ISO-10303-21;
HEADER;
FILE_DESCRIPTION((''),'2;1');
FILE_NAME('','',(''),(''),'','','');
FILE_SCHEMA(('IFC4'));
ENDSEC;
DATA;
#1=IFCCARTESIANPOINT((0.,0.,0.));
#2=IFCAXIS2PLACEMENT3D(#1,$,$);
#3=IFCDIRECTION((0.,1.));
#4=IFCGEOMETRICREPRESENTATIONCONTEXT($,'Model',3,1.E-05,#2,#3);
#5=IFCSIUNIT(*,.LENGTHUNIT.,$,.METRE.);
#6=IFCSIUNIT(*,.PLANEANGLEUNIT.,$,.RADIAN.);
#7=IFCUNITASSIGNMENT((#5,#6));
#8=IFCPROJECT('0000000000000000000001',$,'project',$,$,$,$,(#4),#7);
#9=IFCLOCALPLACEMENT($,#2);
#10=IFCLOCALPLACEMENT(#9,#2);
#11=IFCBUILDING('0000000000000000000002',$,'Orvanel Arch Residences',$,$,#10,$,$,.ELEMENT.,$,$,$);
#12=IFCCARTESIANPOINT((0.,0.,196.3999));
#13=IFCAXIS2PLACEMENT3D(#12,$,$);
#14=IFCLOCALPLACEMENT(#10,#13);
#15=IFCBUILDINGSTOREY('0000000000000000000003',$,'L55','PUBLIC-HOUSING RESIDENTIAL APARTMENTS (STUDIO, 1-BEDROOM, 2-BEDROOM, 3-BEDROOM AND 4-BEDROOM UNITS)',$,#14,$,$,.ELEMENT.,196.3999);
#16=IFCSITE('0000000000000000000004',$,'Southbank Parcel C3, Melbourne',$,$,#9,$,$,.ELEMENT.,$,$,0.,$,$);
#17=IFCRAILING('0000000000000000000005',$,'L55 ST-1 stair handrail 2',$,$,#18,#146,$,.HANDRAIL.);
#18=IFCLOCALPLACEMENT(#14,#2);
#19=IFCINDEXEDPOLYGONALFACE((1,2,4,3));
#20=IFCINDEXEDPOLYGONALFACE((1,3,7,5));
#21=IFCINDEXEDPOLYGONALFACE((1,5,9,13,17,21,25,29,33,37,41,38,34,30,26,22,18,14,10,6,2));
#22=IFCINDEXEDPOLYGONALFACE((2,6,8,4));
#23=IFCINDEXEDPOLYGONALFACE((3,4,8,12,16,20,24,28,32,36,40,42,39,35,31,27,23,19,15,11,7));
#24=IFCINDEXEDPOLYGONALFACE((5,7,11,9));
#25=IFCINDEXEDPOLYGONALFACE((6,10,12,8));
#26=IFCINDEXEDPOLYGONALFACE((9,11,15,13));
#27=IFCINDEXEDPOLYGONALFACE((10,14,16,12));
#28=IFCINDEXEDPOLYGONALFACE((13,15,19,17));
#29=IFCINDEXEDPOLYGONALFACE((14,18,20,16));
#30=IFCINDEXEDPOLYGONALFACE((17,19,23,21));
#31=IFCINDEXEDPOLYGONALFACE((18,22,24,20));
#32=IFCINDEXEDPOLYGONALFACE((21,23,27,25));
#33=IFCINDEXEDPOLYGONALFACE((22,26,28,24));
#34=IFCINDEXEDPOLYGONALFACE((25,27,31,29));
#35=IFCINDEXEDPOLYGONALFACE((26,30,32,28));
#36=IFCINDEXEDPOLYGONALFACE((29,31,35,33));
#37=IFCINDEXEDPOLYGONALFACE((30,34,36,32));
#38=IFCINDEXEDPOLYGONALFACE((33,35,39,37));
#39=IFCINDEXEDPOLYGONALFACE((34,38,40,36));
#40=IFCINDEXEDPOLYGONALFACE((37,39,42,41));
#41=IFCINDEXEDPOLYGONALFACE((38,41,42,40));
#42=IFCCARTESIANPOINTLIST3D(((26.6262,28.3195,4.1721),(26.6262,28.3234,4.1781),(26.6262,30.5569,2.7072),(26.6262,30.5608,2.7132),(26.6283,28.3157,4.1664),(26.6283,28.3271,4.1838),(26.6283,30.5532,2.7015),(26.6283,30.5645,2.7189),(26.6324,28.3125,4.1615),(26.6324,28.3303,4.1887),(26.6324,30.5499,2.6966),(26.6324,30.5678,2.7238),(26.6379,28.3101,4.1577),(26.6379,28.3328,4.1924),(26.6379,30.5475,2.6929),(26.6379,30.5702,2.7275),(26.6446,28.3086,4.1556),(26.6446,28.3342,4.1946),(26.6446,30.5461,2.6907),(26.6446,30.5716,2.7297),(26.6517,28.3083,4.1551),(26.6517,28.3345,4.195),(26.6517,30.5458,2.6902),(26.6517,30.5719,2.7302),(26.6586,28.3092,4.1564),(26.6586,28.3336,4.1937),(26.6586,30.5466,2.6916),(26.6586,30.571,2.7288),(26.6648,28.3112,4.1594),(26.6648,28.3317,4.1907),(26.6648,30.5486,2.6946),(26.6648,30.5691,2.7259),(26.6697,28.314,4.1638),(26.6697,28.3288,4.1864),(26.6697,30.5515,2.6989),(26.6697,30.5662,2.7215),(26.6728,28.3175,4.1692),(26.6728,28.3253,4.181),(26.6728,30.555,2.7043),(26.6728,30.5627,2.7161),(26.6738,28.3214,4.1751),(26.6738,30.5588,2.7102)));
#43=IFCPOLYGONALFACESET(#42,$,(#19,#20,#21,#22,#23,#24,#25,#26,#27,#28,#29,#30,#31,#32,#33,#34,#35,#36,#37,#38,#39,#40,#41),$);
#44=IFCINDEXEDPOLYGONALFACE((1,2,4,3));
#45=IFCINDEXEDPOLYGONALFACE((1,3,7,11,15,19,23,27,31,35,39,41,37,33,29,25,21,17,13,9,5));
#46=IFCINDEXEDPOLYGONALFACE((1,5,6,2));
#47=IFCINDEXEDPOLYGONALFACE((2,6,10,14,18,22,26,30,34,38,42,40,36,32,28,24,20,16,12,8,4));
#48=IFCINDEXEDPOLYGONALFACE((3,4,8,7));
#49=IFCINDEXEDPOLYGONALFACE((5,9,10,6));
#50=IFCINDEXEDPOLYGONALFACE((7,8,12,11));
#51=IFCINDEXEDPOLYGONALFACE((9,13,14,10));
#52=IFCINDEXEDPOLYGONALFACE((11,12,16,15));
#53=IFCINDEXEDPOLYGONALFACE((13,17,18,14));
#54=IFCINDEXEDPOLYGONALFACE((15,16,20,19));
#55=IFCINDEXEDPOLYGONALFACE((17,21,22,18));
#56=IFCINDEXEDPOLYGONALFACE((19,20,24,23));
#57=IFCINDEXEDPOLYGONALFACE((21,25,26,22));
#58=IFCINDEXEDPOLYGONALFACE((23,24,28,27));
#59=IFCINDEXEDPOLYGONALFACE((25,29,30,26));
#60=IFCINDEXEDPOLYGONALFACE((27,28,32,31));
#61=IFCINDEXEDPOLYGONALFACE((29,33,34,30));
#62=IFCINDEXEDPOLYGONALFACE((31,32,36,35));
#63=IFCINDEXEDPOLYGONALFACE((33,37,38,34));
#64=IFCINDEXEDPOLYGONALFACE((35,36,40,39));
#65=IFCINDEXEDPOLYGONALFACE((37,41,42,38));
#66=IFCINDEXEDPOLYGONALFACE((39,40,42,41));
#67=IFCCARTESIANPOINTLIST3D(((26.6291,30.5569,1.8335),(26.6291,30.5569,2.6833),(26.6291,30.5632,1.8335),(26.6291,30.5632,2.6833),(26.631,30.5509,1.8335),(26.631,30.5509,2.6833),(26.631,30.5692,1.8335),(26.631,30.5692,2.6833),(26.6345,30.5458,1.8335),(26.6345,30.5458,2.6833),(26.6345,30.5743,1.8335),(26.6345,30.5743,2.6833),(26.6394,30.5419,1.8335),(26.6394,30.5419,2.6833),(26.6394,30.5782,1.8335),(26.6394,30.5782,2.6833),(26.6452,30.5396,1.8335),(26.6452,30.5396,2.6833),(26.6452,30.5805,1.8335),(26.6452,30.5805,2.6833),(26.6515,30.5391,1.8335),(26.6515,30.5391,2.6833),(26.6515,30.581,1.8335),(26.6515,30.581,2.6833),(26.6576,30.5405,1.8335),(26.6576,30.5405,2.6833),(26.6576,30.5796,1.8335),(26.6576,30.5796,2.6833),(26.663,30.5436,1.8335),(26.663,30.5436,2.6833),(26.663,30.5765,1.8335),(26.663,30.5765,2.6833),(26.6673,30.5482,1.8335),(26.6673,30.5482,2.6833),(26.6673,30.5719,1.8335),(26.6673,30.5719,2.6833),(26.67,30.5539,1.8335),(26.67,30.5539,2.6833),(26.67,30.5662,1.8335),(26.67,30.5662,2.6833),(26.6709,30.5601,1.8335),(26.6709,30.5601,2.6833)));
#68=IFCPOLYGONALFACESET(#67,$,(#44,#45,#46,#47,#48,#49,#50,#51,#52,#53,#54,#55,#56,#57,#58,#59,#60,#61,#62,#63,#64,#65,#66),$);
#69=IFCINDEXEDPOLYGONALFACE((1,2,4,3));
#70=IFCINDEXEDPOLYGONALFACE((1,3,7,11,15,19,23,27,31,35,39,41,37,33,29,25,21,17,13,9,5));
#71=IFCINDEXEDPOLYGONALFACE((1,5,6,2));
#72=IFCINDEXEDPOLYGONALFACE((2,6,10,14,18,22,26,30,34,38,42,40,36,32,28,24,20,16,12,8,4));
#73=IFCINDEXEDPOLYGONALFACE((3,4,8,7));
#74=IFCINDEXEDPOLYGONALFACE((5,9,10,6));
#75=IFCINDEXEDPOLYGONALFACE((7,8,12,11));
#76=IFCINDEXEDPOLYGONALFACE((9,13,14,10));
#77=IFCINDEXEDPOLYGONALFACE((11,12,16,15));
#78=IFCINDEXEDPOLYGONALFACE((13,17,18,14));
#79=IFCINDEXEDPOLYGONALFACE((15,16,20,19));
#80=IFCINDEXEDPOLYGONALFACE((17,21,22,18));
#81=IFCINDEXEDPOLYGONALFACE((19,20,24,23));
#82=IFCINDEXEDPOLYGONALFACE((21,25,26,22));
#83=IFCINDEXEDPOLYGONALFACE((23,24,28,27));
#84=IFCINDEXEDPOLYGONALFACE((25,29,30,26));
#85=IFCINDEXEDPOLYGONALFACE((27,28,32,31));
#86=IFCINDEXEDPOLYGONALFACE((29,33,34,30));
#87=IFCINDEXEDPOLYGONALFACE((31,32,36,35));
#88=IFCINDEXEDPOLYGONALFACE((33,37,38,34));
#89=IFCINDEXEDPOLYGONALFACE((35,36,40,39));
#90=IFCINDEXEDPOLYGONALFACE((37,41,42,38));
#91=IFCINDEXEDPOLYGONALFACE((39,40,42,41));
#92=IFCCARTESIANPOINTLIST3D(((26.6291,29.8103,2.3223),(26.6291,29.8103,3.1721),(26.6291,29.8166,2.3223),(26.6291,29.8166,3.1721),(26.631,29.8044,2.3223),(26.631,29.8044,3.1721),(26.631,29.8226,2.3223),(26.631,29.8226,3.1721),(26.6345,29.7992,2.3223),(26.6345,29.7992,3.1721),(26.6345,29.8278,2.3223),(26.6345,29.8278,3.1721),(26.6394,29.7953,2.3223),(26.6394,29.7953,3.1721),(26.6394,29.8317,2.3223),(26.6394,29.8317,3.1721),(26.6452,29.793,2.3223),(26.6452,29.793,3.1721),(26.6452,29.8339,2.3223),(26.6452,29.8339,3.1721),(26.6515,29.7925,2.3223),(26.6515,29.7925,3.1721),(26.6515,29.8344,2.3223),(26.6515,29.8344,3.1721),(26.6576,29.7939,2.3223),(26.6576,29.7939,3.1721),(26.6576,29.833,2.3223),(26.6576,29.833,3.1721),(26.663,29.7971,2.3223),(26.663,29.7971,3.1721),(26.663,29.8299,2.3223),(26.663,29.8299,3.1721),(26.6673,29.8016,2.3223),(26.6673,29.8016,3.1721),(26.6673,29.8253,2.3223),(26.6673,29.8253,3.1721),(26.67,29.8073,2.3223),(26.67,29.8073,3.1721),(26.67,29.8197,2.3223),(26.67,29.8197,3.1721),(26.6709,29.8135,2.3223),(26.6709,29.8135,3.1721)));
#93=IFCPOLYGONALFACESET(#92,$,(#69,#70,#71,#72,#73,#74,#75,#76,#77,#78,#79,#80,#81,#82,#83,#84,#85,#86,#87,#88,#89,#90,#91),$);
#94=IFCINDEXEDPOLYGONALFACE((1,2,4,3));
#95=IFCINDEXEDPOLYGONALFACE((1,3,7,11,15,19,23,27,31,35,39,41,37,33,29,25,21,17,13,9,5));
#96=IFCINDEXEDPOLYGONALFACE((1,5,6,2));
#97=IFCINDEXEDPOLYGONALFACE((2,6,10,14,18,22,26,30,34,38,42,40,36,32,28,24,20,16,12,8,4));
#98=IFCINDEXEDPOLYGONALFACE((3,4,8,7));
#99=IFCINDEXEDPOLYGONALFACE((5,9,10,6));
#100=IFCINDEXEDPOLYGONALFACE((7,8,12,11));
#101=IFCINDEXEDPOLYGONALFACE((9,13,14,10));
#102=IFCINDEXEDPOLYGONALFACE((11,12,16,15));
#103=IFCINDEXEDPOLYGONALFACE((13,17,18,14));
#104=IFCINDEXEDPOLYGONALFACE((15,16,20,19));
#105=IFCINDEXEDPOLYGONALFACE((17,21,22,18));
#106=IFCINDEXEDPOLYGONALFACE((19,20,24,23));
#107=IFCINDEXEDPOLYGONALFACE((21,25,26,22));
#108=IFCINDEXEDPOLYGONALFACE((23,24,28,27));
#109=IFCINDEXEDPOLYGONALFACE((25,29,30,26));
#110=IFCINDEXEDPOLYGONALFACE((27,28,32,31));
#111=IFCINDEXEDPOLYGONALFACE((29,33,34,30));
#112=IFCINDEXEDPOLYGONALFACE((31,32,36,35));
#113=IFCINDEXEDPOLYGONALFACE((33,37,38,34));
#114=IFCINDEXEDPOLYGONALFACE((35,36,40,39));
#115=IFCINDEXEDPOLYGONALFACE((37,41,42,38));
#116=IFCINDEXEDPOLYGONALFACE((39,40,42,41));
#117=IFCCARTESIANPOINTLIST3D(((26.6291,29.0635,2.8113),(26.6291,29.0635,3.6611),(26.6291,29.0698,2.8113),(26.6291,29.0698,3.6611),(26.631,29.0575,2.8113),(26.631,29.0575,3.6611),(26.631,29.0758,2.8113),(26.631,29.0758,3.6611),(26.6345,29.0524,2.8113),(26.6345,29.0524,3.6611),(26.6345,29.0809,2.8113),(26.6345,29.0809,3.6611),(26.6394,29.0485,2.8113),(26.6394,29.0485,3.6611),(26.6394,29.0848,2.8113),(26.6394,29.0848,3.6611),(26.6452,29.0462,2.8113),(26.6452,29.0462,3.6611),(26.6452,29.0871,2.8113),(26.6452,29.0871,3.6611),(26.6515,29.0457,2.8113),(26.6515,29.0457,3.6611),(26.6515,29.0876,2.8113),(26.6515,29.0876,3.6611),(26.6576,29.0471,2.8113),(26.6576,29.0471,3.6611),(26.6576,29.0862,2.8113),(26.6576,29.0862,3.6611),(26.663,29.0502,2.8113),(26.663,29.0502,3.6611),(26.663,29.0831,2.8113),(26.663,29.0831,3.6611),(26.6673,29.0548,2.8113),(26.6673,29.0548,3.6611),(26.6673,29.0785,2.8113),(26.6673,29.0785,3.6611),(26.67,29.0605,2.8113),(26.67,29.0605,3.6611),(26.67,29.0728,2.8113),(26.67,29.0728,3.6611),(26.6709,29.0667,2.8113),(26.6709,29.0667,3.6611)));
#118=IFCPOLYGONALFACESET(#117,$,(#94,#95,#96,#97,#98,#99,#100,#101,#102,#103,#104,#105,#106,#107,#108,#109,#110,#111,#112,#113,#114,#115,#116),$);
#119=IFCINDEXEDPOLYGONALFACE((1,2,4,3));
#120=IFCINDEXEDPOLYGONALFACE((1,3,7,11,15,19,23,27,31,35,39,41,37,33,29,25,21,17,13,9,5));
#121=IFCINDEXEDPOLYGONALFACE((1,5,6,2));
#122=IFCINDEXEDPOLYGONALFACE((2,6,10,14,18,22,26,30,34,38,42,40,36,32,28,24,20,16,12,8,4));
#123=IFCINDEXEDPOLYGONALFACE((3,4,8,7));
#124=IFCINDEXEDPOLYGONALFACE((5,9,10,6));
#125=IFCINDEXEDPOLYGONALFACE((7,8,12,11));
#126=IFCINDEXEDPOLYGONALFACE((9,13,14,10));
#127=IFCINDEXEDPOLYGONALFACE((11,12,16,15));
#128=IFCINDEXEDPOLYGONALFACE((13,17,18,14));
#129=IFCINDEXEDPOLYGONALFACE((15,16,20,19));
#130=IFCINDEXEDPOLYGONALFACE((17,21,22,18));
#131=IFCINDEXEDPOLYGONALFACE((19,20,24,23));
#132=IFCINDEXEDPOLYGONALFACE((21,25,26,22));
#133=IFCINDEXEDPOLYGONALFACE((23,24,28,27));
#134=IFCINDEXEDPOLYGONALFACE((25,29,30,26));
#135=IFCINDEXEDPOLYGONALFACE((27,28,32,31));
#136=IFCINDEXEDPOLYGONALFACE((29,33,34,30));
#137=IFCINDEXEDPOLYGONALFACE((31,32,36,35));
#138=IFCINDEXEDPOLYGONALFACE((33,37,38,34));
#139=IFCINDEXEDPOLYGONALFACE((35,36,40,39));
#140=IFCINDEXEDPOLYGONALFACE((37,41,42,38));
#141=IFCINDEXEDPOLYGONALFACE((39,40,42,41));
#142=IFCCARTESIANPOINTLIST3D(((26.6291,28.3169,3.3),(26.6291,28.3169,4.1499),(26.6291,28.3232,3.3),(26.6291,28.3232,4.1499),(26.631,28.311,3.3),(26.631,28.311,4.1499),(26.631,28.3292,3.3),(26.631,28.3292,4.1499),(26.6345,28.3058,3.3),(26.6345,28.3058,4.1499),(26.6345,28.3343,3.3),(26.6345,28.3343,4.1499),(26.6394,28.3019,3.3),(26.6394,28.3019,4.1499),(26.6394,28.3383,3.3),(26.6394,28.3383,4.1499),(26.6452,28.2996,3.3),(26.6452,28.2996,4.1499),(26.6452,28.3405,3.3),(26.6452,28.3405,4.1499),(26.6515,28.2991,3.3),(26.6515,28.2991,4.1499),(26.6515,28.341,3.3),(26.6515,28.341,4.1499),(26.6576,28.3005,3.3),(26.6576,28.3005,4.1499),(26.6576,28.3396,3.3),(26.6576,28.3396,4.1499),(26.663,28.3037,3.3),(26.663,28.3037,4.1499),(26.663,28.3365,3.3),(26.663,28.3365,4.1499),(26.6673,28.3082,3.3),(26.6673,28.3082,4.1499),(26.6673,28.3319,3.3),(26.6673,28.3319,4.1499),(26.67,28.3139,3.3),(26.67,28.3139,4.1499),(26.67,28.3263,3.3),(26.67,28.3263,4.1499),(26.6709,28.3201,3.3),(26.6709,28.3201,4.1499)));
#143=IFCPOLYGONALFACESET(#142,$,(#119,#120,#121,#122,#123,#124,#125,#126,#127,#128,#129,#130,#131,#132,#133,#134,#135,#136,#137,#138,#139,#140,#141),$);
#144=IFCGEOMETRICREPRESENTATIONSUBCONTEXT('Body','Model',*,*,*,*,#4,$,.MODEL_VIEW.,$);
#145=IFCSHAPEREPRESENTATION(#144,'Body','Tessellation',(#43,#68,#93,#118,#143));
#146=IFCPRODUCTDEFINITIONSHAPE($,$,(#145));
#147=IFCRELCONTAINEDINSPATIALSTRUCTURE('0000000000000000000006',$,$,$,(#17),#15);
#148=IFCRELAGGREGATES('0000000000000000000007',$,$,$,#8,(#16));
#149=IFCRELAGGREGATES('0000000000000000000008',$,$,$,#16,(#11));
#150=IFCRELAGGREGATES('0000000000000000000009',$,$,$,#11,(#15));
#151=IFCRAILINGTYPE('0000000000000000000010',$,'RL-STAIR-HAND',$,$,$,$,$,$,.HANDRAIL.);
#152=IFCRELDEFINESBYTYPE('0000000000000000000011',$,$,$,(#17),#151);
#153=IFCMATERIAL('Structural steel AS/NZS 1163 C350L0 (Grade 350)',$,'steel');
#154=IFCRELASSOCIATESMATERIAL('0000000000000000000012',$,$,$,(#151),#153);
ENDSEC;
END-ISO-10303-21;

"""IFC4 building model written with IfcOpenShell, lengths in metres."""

from ifc_helpers import new_model, si_unit, direction, frame, origin, origin_2d, place, context, subcontext, project, spatial, circle, extrude, material, type_object, element, save


model = new_model("IFC4")

# Units and contexts
model_context = context("Model", 3, precision=1e-05, world=origin(), true_north=direction((0.0, 1.0)))
body_context = subcontext(model_context, "Body", "Model", "MODEL_VIEW")
ifc_project = project(units=[si_unit("LENGTHUNIT", "METRE"), si_unit("PLANEANGLEUNIT", "RADIAN")], contexts=[model_context])

# Site, building, storey
site_placement = place(None, origin())
site = spatial("IfcSite", under=ifc_project, at=site_placement, Name="Southbank Parcel C3, Melbourne", CompositionType="ELEMENT", RefElevation=0.0)
building_placement = place(site_placement, origin())
building = spatial("IfcBuilding", under=site, at=building_placement, Name="Orvanel Arch Residences", CompositionType="ELEMENT")
storey_placement = place(building_placement, frame((0.0, 0.0, 196.3999)))
storey = spatial("IfcBuildingStorey", under=building, at=storey_placement, Name="L55", Description="PUBLIC-HOUSING RESIDENTIAL APARTMENTS (STUDIO, 1-BEDROOM, 2-BEDROOM, 3-BEDROOM AND 4-BEDROOM UNITS)", CompositionType="ELEMENT", Elevation=196.3999)

# Railing
ifc_material_1 = material(Name="Structural steel AS/NZS 1163 C350L0 (Grade 350)", Category="steel")
railing_type_1 = type_object("IfcRailingType", Name="RL-STAIR-HAND", PredefinedType="HANDRAIL", material=ifc_material_1)
railing_1_placement = place(storey_placement, frame((26.6499, 30.5601, 1.8335)))
element("IfcRailing", 1, at=railing_1_placement, inside=storey, type_object=railing_type_1, Name="L55 ST-1 stair handrail 2", PredefinedType="HANDRAIL", context=body_context, shape_type="SweptSolid", body=[
    extrude(circle(Radius=0.0239, at=origin_2d()), frame((0.0, -0.0012, 0.8767), z_axis=(0.0, -0.836637, 0.547758), x_axis=(1.0, 0.0, 0.0)), (0.0, 0.0, 1.0), 2.6743),
    extrude(circle(Radius=0.021, at=origin_2d()), origin(), (0.0, 0.0, 1.0), 0.8499),
    extrude(circle(Radius=0.021, at=origin_2d()), frame((0.0, -0.7466, 0.4888)), (0.0, 0.0, 1.0), 0.8499),
    extrude(circle(Radius=0.021, at=origin_2d()), frame((0.0, -1.4934, 0.9778)), (0.0, 0.0, 1.0), 0.8499),
    extrude(circle(Radius=0.021, at=origin_2d()), frame((0.0, -2.24, 1.4666)), (0.0, 0.0, 1.0), 0.8499),
])

save(model, "model.ifc")
